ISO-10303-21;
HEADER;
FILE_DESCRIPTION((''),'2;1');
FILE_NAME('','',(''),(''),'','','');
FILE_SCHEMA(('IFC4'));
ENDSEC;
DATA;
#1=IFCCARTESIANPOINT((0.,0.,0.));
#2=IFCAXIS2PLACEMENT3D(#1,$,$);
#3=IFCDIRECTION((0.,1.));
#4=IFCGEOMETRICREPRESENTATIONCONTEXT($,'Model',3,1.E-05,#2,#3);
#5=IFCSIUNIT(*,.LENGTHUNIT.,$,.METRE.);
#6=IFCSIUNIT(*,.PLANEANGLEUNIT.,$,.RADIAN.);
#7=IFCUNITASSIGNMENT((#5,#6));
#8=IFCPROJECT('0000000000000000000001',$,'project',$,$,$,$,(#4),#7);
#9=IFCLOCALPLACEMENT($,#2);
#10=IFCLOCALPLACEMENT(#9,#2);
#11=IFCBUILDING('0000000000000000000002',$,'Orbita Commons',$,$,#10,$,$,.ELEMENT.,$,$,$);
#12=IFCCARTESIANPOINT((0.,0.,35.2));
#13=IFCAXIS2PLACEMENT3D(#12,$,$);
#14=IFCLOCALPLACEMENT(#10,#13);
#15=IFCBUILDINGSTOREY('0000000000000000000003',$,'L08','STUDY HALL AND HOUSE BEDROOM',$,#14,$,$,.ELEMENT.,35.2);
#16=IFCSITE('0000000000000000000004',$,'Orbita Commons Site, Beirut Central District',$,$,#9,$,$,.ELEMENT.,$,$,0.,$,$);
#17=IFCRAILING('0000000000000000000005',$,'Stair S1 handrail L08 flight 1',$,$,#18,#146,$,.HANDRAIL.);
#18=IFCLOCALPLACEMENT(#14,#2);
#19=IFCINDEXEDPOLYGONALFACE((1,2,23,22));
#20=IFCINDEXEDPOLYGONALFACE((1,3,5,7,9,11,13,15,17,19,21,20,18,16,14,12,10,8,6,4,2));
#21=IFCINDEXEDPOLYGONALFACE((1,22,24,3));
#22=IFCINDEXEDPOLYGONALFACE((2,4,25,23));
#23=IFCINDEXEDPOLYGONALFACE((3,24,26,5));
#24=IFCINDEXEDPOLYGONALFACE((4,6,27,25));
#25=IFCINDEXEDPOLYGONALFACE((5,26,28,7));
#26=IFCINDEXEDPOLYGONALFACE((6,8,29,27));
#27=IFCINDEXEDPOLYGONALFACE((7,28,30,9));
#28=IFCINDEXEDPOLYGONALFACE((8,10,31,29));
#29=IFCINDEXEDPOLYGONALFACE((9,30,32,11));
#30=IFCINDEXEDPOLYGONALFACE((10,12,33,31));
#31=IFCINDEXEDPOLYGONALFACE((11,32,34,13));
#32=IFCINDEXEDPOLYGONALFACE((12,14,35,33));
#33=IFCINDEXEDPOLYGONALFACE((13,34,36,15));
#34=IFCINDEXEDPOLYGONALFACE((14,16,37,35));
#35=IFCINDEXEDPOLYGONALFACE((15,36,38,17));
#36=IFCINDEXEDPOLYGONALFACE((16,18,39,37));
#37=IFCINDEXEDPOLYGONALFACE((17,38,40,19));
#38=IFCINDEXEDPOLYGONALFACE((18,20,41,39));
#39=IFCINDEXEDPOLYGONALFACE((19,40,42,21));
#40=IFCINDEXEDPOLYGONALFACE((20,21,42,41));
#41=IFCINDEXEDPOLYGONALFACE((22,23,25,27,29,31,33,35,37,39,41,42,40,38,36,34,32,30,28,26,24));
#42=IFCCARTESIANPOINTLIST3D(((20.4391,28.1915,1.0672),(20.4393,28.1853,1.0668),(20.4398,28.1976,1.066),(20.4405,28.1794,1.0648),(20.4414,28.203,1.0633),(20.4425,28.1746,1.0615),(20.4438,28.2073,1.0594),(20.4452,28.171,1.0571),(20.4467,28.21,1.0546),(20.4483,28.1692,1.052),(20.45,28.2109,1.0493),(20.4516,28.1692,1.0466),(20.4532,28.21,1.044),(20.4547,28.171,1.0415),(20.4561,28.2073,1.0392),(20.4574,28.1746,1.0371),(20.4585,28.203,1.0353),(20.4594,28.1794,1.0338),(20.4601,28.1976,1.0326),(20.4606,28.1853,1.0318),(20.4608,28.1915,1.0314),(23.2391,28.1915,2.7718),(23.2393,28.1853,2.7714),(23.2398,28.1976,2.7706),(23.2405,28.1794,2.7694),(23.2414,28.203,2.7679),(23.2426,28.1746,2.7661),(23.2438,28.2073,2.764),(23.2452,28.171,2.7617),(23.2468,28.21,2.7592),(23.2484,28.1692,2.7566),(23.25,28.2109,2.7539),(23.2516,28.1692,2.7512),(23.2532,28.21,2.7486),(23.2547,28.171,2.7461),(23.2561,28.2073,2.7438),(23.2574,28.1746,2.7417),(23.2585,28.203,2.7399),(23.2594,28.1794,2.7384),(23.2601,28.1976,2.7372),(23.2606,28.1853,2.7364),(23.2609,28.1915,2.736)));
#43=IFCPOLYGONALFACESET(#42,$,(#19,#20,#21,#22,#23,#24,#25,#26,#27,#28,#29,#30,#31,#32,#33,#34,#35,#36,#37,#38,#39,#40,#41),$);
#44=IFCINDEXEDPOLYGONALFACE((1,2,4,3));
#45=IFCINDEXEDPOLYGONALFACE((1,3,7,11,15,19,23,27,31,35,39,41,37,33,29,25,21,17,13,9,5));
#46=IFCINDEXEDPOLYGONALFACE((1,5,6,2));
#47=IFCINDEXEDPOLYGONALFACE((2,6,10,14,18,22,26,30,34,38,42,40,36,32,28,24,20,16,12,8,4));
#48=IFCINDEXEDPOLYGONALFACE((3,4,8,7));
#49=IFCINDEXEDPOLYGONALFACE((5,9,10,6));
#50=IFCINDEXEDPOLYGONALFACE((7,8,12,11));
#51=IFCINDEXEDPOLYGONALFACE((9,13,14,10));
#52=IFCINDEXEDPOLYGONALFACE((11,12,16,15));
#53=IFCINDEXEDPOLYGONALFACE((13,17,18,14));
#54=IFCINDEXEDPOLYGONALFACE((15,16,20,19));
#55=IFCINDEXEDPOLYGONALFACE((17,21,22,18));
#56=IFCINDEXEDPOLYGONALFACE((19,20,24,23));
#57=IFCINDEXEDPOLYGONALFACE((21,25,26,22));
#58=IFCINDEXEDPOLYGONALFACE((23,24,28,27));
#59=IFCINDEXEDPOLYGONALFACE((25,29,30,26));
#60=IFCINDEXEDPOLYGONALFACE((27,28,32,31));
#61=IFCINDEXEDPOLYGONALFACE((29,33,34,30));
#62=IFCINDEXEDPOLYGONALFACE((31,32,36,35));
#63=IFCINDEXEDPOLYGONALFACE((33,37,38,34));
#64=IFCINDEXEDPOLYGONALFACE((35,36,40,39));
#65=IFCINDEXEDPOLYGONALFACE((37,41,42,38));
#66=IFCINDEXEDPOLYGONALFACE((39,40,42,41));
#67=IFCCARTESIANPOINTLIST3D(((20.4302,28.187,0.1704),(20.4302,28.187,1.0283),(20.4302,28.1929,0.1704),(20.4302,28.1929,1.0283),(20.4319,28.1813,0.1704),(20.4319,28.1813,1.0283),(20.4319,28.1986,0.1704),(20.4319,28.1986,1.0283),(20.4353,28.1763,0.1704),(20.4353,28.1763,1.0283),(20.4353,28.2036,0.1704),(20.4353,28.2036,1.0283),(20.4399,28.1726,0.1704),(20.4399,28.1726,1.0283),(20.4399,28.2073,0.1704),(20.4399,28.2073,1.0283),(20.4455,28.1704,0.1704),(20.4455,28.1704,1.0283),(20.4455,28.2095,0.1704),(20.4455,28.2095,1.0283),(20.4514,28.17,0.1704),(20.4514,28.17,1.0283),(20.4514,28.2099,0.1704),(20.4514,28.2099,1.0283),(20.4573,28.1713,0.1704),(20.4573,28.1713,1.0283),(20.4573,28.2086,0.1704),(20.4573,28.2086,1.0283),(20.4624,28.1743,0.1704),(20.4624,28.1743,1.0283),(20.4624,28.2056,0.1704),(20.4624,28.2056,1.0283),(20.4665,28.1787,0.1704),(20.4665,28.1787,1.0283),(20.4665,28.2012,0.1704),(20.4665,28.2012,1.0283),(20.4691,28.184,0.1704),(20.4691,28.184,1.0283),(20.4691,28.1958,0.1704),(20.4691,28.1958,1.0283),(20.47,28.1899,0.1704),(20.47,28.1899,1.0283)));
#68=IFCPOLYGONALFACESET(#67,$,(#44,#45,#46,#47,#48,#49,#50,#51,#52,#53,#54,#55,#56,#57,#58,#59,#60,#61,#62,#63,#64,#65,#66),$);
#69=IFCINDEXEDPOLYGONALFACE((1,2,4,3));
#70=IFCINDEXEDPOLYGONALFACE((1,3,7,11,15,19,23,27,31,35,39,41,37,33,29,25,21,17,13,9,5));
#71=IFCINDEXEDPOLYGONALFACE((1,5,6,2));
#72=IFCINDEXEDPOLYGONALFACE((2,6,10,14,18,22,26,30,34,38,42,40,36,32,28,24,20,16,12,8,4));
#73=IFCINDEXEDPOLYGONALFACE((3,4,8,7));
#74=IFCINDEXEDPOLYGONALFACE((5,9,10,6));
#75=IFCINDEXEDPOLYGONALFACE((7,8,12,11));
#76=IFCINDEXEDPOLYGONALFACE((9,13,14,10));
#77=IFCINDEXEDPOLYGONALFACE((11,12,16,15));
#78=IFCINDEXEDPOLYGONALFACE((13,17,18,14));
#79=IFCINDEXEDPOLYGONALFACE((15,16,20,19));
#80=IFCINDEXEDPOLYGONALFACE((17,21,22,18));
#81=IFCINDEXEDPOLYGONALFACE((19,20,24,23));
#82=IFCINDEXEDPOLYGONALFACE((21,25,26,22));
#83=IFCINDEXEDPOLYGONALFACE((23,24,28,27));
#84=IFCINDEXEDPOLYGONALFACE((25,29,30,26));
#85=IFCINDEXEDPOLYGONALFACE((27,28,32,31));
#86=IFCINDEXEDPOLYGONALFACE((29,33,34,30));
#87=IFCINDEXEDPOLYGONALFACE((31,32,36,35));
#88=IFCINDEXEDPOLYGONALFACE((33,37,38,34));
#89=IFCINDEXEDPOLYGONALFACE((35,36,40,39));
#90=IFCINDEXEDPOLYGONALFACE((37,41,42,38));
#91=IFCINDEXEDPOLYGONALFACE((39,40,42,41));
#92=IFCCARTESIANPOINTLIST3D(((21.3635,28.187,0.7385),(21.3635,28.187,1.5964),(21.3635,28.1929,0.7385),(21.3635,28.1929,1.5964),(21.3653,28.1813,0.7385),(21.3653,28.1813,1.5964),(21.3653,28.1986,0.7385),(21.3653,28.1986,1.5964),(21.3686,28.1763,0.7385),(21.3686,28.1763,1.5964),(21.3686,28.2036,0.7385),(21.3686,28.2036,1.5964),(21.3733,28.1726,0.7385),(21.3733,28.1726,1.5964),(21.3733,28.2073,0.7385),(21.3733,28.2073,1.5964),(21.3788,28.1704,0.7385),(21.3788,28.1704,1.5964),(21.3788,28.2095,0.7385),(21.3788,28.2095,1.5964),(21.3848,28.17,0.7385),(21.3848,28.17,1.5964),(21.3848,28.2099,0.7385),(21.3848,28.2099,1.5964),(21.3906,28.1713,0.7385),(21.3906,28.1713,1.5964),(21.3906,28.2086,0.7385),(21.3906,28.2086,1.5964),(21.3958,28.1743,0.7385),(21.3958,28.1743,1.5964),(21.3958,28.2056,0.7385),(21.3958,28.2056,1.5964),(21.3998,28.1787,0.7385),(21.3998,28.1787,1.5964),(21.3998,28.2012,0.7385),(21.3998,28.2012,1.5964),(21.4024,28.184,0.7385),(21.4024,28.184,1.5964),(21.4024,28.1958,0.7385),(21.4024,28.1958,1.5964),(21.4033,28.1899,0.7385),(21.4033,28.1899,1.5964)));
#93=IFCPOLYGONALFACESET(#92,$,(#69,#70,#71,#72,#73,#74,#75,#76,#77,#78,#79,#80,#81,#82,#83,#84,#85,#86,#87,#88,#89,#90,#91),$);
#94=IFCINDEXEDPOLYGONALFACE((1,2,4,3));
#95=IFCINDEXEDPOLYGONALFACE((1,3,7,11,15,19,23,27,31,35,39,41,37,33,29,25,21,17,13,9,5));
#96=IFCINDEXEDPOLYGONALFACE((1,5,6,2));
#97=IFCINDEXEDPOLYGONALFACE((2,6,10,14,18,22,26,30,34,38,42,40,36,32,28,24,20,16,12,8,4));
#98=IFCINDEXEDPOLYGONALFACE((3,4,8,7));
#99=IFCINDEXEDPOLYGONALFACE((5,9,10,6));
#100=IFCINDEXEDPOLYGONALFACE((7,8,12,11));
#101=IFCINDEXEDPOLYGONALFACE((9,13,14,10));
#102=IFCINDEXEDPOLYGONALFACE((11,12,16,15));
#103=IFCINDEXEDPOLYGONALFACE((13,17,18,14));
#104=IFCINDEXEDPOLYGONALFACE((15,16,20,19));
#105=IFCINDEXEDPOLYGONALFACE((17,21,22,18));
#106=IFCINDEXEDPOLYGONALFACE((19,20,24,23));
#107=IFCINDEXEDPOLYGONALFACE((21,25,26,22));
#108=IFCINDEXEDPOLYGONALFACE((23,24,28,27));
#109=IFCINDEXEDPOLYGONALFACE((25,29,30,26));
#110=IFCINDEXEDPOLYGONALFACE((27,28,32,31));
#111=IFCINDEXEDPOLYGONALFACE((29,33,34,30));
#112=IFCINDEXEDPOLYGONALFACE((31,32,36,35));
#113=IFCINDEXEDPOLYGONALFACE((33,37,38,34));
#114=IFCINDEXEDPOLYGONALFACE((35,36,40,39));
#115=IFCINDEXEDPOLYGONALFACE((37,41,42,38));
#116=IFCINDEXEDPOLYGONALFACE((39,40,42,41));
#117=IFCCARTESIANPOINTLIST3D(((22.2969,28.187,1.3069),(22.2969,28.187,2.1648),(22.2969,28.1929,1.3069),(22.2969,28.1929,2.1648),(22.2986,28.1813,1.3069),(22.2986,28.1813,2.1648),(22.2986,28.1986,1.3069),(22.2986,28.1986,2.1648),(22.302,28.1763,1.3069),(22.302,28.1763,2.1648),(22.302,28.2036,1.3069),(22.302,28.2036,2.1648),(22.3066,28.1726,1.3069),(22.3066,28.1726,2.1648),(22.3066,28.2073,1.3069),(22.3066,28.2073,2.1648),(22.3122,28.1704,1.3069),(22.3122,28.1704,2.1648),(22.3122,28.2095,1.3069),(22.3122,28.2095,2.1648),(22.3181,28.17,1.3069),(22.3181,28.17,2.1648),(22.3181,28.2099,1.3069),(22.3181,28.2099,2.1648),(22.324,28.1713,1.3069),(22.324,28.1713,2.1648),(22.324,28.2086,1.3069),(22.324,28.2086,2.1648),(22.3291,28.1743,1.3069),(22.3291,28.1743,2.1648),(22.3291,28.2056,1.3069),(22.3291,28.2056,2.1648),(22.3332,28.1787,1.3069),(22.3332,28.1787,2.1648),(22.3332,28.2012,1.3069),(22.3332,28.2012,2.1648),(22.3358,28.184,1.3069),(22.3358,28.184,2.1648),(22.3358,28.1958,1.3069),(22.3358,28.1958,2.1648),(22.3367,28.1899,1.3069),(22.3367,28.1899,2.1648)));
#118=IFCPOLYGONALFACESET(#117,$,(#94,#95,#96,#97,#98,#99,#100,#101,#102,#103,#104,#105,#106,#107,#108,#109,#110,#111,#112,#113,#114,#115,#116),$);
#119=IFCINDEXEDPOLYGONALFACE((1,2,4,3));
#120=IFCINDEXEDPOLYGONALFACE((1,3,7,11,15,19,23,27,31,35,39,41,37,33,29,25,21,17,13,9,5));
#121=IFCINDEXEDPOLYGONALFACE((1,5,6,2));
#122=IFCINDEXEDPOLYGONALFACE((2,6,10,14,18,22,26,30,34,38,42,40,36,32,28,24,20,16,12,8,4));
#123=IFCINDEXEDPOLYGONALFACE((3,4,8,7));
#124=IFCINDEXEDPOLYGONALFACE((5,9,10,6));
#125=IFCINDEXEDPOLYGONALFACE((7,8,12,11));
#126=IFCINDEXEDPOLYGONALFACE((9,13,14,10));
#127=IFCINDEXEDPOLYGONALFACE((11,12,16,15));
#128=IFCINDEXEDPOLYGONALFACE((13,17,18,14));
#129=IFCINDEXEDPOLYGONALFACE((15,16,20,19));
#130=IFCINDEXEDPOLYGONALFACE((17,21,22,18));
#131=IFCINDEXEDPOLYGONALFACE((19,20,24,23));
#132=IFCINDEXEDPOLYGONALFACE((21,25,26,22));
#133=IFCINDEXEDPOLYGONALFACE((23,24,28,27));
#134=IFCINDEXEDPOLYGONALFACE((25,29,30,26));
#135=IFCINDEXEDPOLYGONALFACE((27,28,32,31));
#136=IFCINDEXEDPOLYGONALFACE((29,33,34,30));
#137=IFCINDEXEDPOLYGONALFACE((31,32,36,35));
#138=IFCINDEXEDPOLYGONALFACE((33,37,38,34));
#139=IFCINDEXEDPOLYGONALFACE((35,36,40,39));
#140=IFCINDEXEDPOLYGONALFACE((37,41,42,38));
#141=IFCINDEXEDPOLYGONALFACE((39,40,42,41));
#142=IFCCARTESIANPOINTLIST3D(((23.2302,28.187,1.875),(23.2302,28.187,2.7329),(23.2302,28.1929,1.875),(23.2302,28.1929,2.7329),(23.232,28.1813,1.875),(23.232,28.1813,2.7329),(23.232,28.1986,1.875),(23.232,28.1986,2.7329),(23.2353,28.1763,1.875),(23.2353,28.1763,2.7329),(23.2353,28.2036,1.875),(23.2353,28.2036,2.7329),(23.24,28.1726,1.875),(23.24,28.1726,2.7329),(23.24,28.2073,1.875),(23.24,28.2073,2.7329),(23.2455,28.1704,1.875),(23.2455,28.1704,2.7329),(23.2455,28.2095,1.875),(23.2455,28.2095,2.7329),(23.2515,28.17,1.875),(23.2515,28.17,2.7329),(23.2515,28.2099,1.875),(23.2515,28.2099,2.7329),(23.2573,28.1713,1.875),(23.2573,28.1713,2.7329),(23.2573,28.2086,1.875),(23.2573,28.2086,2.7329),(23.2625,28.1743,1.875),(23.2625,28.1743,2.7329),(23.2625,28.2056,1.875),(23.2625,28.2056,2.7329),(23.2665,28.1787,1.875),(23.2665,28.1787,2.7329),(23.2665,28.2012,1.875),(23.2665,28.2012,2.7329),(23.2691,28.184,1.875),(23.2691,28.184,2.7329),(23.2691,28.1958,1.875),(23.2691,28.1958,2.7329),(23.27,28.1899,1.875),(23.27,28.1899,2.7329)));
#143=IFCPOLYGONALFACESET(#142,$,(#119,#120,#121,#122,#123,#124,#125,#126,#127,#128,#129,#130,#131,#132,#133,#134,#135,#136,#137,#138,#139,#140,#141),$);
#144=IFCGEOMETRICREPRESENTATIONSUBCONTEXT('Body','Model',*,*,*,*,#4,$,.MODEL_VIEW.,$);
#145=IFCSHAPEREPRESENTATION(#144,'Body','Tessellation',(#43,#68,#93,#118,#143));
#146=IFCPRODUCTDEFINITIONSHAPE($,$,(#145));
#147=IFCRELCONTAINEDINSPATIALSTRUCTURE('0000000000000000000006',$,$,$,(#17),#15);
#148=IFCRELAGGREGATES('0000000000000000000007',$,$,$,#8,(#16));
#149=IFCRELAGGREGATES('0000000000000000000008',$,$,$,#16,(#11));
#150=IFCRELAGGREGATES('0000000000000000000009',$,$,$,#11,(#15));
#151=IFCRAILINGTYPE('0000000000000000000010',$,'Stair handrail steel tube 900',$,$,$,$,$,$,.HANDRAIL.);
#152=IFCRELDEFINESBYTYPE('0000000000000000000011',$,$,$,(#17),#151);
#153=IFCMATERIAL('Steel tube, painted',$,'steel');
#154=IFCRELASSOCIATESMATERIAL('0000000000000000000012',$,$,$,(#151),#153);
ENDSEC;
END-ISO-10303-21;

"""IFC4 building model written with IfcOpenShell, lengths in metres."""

from ifc_helpers import new_model, si_unit, direction, frame, origin, origin_2d, place, context, subcontext, project, spatial, circle, extrude, material, type_object, element, save


model = new_model("IFC4")

# Units and contexts
model_context = context("Model", 3, precision=1e-05, world=origin(), true_north=direction((0.0, 1.0)))
body_context = subcontext(model_context, "Body", "Model", "MODEL_VIEW")
ifc_project = project(units=[si_unit("LENGTHUNIT", "METRE"), si_unit("PLANEANGLEUNIT", "RADIAN")], contexts=[model_context])

# Site, building, storey
site_placement = place(None, origin())
site = spatial("IfcSite", under=ifc_project, at=site_placement, Name="Orbita Commons Site, Beirut Central District", CompositionType="ELEMENT", RefElevation=0.0)
building_placement = place(site_placement, origin())
building = spatial("IfcBuilding", under=site, at=building_placement, Name="Orbita Commons", CompositionType="ELEMENT")
storey_placement = place(building_placement, frame((0.0, 0.0, 35.2)))
storey = spatial("IfcBuildingStorey", under=building, at=storey_placement, Name="L08", Description="STUDY HALL AND HOUSE BEDROOM", CompositionType="ELEMENT", Elevation=35.2)

# Railing
ifc_material_1 = material(Name="Steel tube, painted", Category="steel")
railing_type = type_object("IfcRailingType", Name="Stair handrail steel tube 900", PredefinedType="HANDRAIL", material=ifc_material_1)
for number, where, name in (
    (1, (20.45, 28.1899, 0.1704), "Stair S1 handrail L08 flight 1"),
):
    element("IfcRailing", number, at=place(storey_placement, frame(where)), inside=storey, type_object=railing_type, Name=name, PredefinedType="HANDRAIL", context=body_context, shape_type="SweptSolid", body=[
        extrude(circle(Radius=0.021, at=origin_2d()), frame((0.0, 0.0, 0.8789), z_axis=(0.85417, 0.0, 0.519994), x_axis=(0.0, 1.0, 0.0)), (0.0, 0.0, 1.0), 3.2781),
        extrude(circle(Radius=0.02, at=origin_2d()), origin(), (0.0, 0.0, 1.0), 0.8579),
        extrude(circle(Radius=0.02, at=origin_2d()), frame((0.9333, 0.0, 0.5681)), (0.0, 0.0, 1.0), 0.8579),
        extrude(circle(Radius=0.02, at=origin_2d()), frame((1.8667, 0.0, 1.1365)), (0.0, 0.0, 1.0), 0.8579),
        extrude(circle(Radius=0.02, at=origin_2d()), frame((2.8, 0.0, 1.7046)), (0.0, 0.0, 1.0), 0.8579),
    ])

save(model, "model.ifc")
